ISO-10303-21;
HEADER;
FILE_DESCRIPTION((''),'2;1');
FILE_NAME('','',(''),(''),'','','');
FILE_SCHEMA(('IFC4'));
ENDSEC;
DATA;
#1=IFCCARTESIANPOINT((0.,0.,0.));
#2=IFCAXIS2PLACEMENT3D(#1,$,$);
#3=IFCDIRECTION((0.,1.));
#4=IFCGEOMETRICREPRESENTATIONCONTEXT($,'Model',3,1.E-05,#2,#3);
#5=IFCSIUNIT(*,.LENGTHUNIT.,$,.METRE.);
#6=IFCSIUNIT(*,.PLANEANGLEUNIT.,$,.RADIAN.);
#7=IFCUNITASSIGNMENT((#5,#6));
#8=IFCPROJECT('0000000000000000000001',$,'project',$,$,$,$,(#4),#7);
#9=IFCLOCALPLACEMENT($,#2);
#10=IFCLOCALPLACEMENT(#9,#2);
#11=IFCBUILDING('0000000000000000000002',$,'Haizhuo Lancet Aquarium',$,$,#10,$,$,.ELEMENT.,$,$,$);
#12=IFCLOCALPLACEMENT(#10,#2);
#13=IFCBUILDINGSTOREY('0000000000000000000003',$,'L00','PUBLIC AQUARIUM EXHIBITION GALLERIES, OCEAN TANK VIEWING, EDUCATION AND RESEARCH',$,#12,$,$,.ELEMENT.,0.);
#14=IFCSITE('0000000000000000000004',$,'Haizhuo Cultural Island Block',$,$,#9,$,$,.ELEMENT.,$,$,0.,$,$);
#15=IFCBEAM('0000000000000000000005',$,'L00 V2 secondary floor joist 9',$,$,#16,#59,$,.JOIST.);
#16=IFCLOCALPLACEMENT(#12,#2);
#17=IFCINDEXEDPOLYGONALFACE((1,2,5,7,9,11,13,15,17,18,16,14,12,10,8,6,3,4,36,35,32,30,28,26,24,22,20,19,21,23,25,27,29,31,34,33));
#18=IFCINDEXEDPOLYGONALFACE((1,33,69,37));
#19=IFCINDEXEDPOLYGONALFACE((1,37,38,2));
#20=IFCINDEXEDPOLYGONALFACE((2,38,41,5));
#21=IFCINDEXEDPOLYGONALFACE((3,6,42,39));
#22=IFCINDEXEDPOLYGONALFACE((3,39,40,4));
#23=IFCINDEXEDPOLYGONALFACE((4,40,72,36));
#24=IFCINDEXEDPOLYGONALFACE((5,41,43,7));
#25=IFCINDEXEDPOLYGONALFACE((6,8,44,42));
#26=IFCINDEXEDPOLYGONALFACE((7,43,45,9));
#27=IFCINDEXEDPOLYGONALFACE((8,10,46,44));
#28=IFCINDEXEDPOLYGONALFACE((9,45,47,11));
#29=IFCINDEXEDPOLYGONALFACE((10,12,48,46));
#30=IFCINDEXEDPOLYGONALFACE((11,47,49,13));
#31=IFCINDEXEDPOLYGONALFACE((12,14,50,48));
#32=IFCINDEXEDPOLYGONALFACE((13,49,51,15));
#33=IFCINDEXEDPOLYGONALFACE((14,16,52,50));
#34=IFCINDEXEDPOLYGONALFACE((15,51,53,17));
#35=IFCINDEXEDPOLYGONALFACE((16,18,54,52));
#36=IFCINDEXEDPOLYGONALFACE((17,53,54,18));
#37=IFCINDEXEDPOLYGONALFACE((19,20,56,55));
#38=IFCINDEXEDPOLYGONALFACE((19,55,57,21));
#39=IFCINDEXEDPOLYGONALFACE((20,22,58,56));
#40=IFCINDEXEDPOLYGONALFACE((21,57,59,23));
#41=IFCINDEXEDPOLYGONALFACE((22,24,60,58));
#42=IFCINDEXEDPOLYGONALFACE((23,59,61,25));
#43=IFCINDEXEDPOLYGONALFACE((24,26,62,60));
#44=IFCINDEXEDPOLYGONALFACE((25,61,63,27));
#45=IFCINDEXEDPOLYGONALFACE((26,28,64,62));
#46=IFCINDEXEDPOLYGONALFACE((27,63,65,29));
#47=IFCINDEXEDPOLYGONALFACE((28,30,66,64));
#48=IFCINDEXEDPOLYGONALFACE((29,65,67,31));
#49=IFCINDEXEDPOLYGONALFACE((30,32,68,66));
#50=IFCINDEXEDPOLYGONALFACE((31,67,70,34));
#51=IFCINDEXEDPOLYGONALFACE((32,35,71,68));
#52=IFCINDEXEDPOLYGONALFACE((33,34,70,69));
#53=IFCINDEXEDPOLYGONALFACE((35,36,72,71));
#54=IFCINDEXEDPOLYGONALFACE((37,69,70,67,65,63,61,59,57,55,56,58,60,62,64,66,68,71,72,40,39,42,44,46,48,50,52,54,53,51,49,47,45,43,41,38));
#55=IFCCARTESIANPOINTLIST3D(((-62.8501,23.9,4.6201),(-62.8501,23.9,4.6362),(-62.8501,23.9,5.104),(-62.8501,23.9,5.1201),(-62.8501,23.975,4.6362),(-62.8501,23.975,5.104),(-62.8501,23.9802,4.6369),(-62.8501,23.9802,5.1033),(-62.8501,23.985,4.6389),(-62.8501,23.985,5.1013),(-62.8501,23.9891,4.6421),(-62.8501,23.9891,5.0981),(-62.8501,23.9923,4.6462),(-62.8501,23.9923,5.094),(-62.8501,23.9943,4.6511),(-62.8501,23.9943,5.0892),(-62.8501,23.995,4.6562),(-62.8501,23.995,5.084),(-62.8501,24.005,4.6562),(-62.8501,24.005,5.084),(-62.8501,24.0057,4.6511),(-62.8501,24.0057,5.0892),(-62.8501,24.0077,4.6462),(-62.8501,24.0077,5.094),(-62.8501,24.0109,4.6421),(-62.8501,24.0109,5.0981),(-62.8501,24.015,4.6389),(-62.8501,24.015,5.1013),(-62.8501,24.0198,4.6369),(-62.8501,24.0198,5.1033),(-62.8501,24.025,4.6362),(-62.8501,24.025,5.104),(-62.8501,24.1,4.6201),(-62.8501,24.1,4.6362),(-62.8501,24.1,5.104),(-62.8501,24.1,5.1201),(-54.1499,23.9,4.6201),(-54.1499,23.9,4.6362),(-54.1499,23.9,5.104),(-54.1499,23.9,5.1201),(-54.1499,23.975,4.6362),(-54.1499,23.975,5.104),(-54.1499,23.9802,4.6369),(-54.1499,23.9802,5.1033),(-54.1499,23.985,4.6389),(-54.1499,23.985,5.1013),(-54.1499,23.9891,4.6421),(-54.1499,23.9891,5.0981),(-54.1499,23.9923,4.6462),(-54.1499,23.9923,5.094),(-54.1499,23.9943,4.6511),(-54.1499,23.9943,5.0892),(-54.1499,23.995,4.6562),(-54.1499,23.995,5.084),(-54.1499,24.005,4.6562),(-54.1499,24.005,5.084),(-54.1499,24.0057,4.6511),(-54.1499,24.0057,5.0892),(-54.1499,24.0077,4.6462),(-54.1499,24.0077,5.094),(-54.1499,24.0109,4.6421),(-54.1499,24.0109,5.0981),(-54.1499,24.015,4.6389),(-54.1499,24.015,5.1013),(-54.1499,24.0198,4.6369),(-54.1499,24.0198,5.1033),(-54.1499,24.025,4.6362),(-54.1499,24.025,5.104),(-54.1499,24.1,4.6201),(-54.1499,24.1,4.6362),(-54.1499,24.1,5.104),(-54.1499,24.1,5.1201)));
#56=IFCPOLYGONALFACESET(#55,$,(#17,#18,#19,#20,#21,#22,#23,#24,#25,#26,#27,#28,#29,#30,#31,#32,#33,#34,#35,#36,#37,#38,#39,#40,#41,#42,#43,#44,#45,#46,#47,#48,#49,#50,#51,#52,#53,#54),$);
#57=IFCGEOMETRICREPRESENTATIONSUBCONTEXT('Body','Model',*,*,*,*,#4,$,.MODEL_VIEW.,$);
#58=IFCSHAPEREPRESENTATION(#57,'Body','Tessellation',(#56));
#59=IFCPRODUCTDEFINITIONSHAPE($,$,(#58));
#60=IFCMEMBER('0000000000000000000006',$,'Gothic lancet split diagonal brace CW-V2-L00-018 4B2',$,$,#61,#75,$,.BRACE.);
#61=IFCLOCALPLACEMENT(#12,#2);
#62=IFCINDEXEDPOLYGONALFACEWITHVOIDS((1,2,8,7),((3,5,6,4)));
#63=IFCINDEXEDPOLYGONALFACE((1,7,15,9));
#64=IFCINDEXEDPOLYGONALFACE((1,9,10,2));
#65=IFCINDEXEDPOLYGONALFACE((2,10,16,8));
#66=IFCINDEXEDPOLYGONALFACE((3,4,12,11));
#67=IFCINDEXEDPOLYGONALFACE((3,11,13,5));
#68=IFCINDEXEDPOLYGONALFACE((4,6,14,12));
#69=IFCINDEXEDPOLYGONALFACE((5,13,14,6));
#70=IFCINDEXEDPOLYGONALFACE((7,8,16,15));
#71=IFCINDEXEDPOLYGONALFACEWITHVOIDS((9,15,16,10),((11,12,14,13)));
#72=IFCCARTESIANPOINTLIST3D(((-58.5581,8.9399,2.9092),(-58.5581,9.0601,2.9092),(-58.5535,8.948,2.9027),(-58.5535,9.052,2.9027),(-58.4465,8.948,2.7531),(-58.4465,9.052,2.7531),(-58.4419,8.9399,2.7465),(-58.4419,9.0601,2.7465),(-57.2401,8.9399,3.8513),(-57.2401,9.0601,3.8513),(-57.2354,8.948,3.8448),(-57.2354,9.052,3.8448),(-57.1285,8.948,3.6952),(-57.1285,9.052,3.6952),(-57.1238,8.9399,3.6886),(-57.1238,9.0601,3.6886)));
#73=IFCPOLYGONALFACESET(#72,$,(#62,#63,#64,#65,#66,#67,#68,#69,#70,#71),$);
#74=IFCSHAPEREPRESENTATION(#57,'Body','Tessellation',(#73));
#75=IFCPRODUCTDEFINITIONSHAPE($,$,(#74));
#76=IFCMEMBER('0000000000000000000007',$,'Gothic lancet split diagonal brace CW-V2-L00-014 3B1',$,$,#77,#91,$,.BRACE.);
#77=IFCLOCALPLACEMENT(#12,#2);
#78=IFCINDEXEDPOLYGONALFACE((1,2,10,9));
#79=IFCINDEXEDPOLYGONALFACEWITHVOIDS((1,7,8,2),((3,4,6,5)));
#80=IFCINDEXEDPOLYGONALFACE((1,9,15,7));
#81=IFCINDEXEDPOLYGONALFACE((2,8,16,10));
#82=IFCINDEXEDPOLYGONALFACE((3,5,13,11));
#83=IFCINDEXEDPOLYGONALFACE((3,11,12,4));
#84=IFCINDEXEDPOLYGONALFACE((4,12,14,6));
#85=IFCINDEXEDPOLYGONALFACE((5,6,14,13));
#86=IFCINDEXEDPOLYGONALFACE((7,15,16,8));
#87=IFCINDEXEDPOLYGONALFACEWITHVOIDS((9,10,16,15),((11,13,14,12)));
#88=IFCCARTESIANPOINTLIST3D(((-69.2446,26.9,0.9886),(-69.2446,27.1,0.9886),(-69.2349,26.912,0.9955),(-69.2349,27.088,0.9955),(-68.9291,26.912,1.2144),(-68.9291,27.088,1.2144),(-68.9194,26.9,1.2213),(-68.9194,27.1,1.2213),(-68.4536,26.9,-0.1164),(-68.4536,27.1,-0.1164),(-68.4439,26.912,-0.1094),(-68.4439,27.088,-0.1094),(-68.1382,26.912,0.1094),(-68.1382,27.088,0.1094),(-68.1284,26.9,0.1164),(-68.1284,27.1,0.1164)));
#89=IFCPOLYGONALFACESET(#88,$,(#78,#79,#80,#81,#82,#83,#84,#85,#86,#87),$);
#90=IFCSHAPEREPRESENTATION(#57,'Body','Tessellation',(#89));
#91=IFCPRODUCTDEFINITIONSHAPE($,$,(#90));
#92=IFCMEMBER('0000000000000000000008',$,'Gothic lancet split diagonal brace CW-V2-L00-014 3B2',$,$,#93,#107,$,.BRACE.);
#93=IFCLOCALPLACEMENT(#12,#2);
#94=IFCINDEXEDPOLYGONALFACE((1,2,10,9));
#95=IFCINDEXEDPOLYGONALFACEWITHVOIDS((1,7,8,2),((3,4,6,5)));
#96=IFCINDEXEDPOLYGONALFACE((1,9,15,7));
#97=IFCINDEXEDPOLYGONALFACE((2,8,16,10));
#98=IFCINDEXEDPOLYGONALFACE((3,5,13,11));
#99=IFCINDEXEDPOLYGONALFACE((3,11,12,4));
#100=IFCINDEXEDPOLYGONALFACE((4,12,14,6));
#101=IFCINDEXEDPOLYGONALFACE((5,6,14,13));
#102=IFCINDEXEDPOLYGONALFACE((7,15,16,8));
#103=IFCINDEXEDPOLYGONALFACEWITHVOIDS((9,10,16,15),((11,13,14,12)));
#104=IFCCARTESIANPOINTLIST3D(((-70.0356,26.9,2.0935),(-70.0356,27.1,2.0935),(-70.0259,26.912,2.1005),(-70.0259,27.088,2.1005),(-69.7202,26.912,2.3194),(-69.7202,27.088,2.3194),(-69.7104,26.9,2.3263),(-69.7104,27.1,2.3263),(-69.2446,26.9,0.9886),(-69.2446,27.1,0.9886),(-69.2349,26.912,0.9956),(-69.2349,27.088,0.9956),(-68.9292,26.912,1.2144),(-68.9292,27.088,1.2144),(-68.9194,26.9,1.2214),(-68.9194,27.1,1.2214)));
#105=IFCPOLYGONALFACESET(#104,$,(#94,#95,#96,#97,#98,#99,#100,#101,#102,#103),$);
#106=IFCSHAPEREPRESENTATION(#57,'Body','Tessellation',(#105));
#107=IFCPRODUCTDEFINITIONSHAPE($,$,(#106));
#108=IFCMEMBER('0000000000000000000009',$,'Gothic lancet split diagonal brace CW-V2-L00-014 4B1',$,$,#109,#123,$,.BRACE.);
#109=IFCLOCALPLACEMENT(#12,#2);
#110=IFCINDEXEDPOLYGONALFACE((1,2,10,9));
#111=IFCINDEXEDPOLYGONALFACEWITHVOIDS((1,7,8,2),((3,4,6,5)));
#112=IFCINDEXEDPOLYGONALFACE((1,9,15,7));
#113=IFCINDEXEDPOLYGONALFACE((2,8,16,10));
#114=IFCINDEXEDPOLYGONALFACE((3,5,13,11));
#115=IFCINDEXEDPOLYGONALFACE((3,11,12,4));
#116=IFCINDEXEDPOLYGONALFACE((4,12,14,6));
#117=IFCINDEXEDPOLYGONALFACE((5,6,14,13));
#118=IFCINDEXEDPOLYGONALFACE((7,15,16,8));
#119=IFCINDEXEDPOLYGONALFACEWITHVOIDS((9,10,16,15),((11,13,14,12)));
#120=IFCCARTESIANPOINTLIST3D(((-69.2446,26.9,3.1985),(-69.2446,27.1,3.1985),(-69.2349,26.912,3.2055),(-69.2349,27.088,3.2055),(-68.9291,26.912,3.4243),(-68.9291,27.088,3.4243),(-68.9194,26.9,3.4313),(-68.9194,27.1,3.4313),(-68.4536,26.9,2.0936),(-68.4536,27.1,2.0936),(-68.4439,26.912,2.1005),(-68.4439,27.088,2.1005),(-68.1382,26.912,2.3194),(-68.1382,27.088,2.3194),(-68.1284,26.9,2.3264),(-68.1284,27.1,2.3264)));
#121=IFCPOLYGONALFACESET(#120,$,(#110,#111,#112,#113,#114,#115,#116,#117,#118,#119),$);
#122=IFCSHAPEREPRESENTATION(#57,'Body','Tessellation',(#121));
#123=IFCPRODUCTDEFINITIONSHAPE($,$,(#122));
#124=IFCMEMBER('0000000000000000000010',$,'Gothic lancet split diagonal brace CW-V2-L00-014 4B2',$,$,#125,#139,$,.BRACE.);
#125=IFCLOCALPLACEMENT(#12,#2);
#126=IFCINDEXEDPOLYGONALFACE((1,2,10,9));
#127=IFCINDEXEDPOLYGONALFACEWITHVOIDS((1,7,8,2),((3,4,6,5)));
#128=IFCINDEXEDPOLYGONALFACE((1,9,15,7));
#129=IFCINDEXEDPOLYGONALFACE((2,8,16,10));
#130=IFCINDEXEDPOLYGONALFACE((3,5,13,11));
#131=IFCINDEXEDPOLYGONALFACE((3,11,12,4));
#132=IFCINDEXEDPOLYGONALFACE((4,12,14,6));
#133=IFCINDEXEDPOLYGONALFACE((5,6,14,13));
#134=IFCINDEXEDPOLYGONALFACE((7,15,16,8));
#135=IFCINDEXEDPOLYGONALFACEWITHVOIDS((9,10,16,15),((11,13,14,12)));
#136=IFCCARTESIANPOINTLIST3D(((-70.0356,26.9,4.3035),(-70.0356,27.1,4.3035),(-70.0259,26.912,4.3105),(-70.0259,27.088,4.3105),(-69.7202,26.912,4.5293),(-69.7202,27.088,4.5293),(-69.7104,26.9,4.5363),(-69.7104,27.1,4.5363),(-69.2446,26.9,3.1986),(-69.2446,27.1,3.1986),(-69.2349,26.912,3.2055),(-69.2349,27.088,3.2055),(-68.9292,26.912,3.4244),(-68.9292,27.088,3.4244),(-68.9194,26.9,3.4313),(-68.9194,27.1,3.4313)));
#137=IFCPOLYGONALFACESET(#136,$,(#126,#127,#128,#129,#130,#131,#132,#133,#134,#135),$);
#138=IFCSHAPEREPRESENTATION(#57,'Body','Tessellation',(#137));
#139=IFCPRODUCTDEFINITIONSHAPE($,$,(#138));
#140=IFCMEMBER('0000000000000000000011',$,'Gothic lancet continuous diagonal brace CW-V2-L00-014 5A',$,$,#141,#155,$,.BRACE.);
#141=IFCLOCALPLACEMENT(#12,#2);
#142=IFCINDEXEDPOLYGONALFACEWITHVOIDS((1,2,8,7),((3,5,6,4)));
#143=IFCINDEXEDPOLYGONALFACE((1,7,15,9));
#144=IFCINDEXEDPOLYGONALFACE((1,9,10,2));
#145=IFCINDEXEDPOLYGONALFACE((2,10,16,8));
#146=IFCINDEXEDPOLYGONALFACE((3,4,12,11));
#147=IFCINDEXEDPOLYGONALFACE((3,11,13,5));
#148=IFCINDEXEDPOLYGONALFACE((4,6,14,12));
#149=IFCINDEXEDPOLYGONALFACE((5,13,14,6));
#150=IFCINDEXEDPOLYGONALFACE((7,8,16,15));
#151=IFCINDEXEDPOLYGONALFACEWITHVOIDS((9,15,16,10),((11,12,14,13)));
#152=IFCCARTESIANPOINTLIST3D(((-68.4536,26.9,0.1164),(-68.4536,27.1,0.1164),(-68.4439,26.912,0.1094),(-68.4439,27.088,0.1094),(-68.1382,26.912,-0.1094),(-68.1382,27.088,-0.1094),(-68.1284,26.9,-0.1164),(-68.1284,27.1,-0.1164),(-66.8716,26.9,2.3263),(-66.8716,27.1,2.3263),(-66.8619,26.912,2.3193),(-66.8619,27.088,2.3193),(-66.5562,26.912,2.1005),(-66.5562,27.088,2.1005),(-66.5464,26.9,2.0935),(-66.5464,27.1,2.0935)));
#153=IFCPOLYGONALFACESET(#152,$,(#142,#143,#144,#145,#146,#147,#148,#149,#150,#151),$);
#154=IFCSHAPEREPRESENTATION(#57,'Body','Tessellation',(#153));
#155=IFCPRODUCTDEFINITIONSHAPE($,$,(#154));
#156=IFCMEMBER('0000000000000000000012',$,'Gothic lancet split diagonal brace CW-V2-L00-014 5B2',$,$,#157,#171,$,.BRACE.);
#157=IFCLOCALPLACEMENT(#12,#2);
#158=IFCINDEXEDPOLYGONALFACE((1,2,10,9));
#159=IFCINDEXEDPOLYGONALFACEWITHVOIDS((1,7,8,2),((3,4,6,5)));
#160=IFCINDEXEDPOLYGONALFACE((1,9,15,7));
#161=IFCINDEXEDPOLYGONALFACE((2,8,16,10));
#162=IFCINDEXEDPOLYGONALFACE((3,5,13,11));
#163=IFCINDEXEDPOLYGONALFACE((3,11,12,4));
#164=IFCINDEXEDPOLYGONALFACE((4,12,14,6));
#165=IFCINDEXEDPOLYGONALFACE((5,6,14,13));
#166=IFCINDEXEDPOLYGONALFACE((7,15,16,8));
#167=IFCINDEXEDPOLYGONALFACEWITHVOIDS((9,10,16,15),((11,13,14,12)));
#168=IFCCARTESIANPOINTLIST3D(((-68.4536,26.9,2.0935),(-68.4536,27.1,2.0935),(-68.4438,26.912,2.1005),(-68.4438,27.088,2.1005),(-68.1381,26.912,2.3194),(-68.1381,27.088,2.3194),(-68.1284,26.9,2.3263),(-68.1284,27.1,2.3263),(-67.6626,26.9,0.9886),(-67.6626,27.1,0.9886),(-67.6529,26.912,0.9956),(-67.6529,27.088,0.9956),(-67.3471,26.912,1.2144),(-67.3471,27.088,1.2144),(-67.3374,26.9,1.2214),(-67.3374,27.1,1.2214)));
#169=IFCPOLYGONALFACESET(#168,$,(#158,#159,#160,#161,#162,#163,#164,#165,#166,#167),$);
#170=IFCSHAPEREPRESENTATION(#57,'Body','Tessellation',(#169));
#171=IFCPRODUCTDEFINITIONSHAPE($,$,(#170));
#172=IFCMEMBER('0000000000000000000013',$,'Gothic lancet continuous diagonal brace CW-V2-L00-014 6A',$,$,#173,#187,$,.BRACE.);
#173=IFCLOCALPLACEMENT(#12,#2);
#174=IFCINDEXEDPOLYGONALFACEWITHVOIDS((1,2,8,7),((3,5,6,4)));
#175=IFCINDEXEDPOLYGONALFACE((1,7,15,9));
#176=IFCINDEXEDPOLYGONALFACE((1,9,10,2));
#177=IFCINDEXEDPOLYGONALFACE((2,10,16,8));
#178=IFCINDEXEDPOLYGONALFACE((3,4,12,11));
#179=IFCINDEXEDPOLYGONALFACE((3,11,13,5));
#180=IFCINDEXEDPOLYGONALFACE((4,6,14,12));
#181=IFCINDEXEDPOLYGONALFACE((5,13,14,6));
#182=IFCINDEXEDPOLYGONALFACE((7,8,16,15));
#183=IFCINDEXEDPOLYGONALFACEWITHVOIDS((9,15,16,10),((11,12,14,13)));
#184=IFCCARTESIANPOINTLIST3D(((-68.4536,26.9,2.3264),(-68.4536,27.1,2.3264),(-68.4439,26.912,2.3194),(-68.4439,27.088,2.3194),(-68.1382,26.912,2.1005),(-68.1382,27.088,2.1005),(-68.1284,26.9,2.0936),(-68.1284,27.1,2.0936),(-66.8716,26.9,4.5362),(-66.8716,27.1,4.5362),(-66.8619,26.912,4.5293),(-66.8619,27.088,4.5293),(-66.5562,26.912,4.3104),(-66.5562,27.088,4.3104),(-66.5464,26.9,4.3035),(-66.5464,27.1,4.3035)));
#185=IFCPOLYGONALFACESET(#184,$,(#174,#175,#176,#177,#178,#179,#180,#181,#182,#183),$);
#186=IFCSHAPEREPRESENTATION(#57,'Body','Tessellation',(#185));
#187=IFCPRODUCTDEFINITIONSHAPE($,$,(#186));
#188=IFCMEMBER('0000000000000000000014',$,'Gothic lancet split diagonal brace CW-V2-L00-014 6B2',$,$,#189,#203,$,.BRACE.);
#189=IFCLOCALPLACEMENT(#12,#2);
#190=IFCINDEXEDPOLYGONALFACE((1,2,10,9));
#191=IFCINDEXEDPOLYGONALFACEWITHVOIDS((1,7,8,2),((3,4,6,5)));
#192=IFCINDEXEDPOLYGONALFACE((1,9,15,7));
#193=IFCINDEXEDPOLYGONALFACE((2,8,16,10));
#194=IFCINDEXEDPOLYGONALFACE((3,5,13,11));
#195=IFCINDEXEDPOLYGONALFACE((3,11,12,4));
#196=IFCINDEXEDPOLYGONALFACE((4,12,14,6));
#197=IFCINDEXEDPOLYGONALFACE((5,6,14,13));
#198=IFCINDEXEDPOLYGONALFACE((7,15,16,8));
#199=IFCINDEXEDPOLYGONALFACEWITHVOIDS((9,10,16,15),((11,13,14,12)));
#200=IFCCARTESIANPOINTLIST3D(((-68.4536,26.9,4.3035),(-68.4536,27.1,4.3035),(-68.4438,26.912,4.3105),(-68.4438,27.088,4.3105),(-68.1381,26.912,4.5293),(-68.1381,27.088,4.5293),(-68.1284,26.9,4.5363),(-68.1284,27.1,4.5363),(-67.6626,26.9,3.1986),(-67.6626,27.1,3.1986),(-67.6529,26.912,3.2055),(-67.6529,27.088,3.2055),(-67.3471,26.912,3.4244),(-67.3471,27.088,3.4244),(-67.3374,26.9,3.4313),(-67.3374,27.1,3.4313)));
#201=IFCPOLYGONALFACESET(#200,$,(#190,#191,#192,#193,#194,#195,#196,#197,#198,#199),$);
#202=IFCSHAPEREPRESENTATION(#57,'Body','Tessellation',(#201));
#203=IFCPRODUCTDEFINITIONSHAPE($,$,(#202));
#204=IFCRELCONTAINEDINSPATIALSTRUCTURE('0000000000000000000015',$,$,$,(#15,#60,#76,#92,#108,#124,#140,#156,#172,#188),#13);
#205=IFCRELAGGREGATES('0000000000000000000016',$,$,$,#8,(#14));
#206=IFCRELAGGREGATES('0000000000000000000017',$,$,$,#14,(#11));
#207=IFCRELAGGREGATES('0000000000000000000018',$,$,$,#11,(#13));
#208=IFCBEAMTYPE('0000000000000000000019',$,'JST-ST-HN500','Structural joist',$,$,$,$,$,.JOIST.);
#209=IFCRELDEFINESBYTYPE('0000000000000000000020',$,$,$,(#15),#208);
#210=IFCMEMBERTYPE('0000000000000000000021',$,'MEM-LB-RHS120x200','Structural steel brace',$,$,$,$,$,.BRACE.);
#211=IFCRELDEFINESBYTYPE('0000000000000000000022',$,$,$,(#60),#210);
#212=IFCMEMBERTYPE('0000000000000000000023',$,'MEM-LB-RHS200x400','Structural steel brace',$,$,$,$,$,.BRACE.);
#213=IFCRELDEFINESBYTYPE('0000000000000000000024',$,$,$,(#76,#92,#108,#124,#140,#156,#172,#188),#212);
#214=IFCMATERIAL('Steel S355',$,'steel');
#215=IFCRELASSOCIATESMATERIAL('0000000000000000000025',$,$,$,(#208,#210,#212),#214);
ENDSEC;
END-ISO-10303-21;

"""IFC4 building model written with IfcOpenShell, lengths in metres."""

from ifc_helpers import new_model, si_unit, direction, frame, origin, origin_2d, place, context, subcontext, project, spatial, hollow_rectangle, i_section, extrude, material, material_profile, profile_set, type_object, element, save


model = new_model("IFC4")

# Units and contexts
model_context = context("Model", 3, precision=1e-05, world=origin(), true_north=direction((0.0, 1.0)))
body_context = subcontext(model_context, "Body", "Model", "MODEL_VIEW")
ifc_project = project(units=[si_unit("LENGTHUNIT", "METRE"), si_unit("PLANEANGLEUNIT", "RADIAN")], contexts=[model_context])

# Site, building, storey
site_placement = place(None, origin())
site = spatial("IfcSite", under=ifc_project, at=site_placement, Name="Haizhuo Cultural Island Block", CompositionType="ELEMENT", RefElevation=0.0)
building_placement = place(site_placement, origin())
building = spatial("IfcBuilding", under=site, at=building_placement, Name="Haizhuo Lancet Aquarium", CompositionType="ELEMENT")
storey_placement = place(building_placement, origin())
storey = spatial("IfcBuildingStorey", under=building, at=storey_placement, Name="L00", Description="PUBLIC AQUARIUM EXHIBITION GALLERIES, OCEAN TANK VIEWING, EDUCATION AND RESEARCH", CompositionType="ELEMENT", Elevation=0.0)

# Shared definitions
ifc_material_1 = material(Name="Steel S355", Category="steel")

# Beam
ifc_material_profile_1 = material_profile(ifc_material_1, i_section(OverallWidth=0.2, OverallDepth=0.5, WebThickness=0.01, FlangeThickness=0.0161, FilletRadius=0.02, at=origin_2d()), Name="HN 500x200x10x16")
ifc_profile_set_1 = profile_set([ifc_material_profile_1], Name="Steel S355")
beam_type_1 = type_object("IfcBeamType", Name="JST-ST-HN500", Description="Structural joist", PredefinedType="JOIST", material=ifc_profile_set_1)
beam_1_placement = place(storey_placement, frame((-62.8501, 24.0, 4.8701), z_axis=(1.0, 0.0, 0.0), x_axis=(0.0, 1.0, 0.0)))
element("IfcBeam", 1, at=beam_1_placement, inside=storey, type_object=beam_type_1, Name="L00 V2 secondary floor joist 9", PredefinedType="JOIST", context=body_context, shape_type="SweptSolid", body=[
    extrude(i_section(OverallWidth=0.2, OverallDepth=0.5, WebThickness=0.01, FlangeThickness=0.0161, FilletRadius=0.02, at=origin_2d()), origin(), (0.0, 0.0, 1.0), 8.7002),
])

# Members
ifc_material_profile_2 = material_profile(ifc_material_1, hollow_rectangle(XDim=0.1201, YDim=0.2, WallThickness=0.0081, at=origin_2d()), Name="RHS 120x200x8")
ifc_profile_set_2 = profile_set([ifc_material_profile_2], Name="Steel S355")
member_type_1 = type_object("IfcMemberType", Name="MEM-LB-RHS120x200", Description="Structural steel brace", PredefinedType="BRACE", material=ifc_profile_set_2)
member_1_placement = place(storey_placement, frame((-58.5, 9.0, 2.8279), z_axis=(0.81355, 0.0, 0.581495), x_axis=(0.0, 1.0, 0.0)))
element("IfcMember", 2, at=member_1_placement, inside=storey, type_object=member_type_1, Name="Gothic lancet split diagonal brace CW-V2-L00-018 4B2", PredefinedType="BRACE", context=body_context, shape_type="SweptSolid", body=[
    extrude(hollow_rectangle(XDim=0.1201, YDim=0.2, WallThickness=0.0081, at=origin_2d()), origin(), (0.0, 0.0, 1.0), 1.6201),
])
ifc_material_profile_3 = material_profile(ifc_material_1, hollow_rectangle(XDim=0.2, YDim=0.3999, WallThickness=0.012, at=origin_2d()), Name="RHS 200x400x12")
ifc_profile_set_3 = profile_set([ifc_material_profile_3], Name="Steel S355")
member_type_2 = type_object("IfcMemberType", Name="MEM-LB-RHS200x400", Description="Structural steel brace", PredefinedType="BRACE", material=ifc_profile_set_3)
for number, where, z_axis, x_axis, name in (
    (3, (-68.291, 27.0, 0.0), (-0.582088, 0.0, 0.813126), (0.0, -1.0, 0.0), "Gothic lancet split diagonal brace CW-V2-L00-014 3B1"),
    (4, (-69.082, 27.0, 1.105), (-0.582088, 0.0, 0.813126), (0.0, -1.0, 0.0), "Gothic lancet split diagonal brace CW-V2-L00-014 3B2"),
    (5, (-68.291, 27.0, 2.21), (-0.582088, 0.0, 0.813126), (0.0, -1.0, 0.0), "Gothic lancet split diagonal brace CW-V2-L00-014 4B1"),
    (6, (-69.082, 27.0, 3.3149), (-0.582088, 0.0, 0.813126), (0.0, -1.0, 0.0), "Gothic lancet split diagonal brace CW-V2-L00-014 4B2"),
):
    element("IfcMember", number, at=place(storey_placement, frame(where, z_axis=z_axis, x_axis=x_axis)), inside=storey, type_object=member_type_2, Name=name, PredefinedType="BRACE", context=body_context, shape_type="SweptSolid", body=[
        extrude(hollow_rectangle(XDim=0.2, YDim=0.3999, WallThickness=0.012, at=origin_2d()), origin(), (0.0, 0.0, 1.0), 1.3589),
    ])
member_2_placement = place(storey_placement, frame((-68.291, 27.0, 0.0), z_axis=(0.582088, 0.0, 0.813126), x_axis=(0.0, 1.0, 0.0)))
element("IfcMember", 7, at=member_2_placement, inside=storey, type_object=member_type_2, Name="Gothic lancet continuous diagonal brace CW-V2-L00-014 5A", PredefinedType="BRACE", context=body_context, shape_type="SweptSolid", body=[
    extrude(hollow_rectangle(XDim=0.2, YDim=0.3999, WallThickness=0.012, at=origin_2d()), origin(), (0.0, 0.0, 1.0), 2.7178),
])
member_3_placement = place(storey_placement, frame((-67.5, 27.0, 1.105), z_axis=(-0.582088, 0.0, 0.813126), x_axis=(0.0, -1.0, 0.0)))
element("IfcMember", 8, at=member_3_placement, inside=storey, type_object=member_type_2, Name="Gothic lancet split diagonal brace CW-V2-L00-014 5B2", PredefinedType="BRACE", context=body_context, shape_type="SweptSolid", body=[
    extrude(hollow_rectangle(XDim=0.2, YDim=0.3999, WallThickness=0.012, at=origin_2d()), origin(), (0.0, 0.0, 1.0), 1.3589),
])
member_4_placement = place(storey_placement, frame((-68.291, 27.0, 2.21), z_axis=(0.582088, 0.0, 0.813126), x_axis=(0.0, 1.0, 0.0)))
element("IfcMember", 9, at=member_4_placement, inside=storey, type_object=member_type_2, Name="Gothic lancet continuous diagonal brace CW-V2-L00-014 6A", PredefinedType="BRACE", context=body_context, shape_type="SweptSolid", body=[
    extrude(hollow_rectangle(XDim=0.2, YDim=0.3999, WallThickness=0.012, at=origin_2d()), origin(), (0.0, 0.0, 1.0), 2.7178),
])
member_5_placement = place(storey_placement, frame((-67.5, 27.0, 3.3149), z_axis=(-0.582088, 0.0, 0.813126), x_axis=(0.0, -1.0, 0.0)))
element("IfcMember", 10, at=member_5_placement, inside=storey, type_object=member_type_2, Name="Gothic lancet split diagonal brace CW-V2-L00-014 6B2", PredefinedType="BRACE", context=body_context, shape_type="SweptSolid", body=[
    extrude(hollow_rectangle(XDim=0.2, YDim=0.3999, WallThickness=0.012, at=origin_2d()), origin(), (0.0, 0.0, 1.0), 1.3589),
])

save(model, "model.ifc")
